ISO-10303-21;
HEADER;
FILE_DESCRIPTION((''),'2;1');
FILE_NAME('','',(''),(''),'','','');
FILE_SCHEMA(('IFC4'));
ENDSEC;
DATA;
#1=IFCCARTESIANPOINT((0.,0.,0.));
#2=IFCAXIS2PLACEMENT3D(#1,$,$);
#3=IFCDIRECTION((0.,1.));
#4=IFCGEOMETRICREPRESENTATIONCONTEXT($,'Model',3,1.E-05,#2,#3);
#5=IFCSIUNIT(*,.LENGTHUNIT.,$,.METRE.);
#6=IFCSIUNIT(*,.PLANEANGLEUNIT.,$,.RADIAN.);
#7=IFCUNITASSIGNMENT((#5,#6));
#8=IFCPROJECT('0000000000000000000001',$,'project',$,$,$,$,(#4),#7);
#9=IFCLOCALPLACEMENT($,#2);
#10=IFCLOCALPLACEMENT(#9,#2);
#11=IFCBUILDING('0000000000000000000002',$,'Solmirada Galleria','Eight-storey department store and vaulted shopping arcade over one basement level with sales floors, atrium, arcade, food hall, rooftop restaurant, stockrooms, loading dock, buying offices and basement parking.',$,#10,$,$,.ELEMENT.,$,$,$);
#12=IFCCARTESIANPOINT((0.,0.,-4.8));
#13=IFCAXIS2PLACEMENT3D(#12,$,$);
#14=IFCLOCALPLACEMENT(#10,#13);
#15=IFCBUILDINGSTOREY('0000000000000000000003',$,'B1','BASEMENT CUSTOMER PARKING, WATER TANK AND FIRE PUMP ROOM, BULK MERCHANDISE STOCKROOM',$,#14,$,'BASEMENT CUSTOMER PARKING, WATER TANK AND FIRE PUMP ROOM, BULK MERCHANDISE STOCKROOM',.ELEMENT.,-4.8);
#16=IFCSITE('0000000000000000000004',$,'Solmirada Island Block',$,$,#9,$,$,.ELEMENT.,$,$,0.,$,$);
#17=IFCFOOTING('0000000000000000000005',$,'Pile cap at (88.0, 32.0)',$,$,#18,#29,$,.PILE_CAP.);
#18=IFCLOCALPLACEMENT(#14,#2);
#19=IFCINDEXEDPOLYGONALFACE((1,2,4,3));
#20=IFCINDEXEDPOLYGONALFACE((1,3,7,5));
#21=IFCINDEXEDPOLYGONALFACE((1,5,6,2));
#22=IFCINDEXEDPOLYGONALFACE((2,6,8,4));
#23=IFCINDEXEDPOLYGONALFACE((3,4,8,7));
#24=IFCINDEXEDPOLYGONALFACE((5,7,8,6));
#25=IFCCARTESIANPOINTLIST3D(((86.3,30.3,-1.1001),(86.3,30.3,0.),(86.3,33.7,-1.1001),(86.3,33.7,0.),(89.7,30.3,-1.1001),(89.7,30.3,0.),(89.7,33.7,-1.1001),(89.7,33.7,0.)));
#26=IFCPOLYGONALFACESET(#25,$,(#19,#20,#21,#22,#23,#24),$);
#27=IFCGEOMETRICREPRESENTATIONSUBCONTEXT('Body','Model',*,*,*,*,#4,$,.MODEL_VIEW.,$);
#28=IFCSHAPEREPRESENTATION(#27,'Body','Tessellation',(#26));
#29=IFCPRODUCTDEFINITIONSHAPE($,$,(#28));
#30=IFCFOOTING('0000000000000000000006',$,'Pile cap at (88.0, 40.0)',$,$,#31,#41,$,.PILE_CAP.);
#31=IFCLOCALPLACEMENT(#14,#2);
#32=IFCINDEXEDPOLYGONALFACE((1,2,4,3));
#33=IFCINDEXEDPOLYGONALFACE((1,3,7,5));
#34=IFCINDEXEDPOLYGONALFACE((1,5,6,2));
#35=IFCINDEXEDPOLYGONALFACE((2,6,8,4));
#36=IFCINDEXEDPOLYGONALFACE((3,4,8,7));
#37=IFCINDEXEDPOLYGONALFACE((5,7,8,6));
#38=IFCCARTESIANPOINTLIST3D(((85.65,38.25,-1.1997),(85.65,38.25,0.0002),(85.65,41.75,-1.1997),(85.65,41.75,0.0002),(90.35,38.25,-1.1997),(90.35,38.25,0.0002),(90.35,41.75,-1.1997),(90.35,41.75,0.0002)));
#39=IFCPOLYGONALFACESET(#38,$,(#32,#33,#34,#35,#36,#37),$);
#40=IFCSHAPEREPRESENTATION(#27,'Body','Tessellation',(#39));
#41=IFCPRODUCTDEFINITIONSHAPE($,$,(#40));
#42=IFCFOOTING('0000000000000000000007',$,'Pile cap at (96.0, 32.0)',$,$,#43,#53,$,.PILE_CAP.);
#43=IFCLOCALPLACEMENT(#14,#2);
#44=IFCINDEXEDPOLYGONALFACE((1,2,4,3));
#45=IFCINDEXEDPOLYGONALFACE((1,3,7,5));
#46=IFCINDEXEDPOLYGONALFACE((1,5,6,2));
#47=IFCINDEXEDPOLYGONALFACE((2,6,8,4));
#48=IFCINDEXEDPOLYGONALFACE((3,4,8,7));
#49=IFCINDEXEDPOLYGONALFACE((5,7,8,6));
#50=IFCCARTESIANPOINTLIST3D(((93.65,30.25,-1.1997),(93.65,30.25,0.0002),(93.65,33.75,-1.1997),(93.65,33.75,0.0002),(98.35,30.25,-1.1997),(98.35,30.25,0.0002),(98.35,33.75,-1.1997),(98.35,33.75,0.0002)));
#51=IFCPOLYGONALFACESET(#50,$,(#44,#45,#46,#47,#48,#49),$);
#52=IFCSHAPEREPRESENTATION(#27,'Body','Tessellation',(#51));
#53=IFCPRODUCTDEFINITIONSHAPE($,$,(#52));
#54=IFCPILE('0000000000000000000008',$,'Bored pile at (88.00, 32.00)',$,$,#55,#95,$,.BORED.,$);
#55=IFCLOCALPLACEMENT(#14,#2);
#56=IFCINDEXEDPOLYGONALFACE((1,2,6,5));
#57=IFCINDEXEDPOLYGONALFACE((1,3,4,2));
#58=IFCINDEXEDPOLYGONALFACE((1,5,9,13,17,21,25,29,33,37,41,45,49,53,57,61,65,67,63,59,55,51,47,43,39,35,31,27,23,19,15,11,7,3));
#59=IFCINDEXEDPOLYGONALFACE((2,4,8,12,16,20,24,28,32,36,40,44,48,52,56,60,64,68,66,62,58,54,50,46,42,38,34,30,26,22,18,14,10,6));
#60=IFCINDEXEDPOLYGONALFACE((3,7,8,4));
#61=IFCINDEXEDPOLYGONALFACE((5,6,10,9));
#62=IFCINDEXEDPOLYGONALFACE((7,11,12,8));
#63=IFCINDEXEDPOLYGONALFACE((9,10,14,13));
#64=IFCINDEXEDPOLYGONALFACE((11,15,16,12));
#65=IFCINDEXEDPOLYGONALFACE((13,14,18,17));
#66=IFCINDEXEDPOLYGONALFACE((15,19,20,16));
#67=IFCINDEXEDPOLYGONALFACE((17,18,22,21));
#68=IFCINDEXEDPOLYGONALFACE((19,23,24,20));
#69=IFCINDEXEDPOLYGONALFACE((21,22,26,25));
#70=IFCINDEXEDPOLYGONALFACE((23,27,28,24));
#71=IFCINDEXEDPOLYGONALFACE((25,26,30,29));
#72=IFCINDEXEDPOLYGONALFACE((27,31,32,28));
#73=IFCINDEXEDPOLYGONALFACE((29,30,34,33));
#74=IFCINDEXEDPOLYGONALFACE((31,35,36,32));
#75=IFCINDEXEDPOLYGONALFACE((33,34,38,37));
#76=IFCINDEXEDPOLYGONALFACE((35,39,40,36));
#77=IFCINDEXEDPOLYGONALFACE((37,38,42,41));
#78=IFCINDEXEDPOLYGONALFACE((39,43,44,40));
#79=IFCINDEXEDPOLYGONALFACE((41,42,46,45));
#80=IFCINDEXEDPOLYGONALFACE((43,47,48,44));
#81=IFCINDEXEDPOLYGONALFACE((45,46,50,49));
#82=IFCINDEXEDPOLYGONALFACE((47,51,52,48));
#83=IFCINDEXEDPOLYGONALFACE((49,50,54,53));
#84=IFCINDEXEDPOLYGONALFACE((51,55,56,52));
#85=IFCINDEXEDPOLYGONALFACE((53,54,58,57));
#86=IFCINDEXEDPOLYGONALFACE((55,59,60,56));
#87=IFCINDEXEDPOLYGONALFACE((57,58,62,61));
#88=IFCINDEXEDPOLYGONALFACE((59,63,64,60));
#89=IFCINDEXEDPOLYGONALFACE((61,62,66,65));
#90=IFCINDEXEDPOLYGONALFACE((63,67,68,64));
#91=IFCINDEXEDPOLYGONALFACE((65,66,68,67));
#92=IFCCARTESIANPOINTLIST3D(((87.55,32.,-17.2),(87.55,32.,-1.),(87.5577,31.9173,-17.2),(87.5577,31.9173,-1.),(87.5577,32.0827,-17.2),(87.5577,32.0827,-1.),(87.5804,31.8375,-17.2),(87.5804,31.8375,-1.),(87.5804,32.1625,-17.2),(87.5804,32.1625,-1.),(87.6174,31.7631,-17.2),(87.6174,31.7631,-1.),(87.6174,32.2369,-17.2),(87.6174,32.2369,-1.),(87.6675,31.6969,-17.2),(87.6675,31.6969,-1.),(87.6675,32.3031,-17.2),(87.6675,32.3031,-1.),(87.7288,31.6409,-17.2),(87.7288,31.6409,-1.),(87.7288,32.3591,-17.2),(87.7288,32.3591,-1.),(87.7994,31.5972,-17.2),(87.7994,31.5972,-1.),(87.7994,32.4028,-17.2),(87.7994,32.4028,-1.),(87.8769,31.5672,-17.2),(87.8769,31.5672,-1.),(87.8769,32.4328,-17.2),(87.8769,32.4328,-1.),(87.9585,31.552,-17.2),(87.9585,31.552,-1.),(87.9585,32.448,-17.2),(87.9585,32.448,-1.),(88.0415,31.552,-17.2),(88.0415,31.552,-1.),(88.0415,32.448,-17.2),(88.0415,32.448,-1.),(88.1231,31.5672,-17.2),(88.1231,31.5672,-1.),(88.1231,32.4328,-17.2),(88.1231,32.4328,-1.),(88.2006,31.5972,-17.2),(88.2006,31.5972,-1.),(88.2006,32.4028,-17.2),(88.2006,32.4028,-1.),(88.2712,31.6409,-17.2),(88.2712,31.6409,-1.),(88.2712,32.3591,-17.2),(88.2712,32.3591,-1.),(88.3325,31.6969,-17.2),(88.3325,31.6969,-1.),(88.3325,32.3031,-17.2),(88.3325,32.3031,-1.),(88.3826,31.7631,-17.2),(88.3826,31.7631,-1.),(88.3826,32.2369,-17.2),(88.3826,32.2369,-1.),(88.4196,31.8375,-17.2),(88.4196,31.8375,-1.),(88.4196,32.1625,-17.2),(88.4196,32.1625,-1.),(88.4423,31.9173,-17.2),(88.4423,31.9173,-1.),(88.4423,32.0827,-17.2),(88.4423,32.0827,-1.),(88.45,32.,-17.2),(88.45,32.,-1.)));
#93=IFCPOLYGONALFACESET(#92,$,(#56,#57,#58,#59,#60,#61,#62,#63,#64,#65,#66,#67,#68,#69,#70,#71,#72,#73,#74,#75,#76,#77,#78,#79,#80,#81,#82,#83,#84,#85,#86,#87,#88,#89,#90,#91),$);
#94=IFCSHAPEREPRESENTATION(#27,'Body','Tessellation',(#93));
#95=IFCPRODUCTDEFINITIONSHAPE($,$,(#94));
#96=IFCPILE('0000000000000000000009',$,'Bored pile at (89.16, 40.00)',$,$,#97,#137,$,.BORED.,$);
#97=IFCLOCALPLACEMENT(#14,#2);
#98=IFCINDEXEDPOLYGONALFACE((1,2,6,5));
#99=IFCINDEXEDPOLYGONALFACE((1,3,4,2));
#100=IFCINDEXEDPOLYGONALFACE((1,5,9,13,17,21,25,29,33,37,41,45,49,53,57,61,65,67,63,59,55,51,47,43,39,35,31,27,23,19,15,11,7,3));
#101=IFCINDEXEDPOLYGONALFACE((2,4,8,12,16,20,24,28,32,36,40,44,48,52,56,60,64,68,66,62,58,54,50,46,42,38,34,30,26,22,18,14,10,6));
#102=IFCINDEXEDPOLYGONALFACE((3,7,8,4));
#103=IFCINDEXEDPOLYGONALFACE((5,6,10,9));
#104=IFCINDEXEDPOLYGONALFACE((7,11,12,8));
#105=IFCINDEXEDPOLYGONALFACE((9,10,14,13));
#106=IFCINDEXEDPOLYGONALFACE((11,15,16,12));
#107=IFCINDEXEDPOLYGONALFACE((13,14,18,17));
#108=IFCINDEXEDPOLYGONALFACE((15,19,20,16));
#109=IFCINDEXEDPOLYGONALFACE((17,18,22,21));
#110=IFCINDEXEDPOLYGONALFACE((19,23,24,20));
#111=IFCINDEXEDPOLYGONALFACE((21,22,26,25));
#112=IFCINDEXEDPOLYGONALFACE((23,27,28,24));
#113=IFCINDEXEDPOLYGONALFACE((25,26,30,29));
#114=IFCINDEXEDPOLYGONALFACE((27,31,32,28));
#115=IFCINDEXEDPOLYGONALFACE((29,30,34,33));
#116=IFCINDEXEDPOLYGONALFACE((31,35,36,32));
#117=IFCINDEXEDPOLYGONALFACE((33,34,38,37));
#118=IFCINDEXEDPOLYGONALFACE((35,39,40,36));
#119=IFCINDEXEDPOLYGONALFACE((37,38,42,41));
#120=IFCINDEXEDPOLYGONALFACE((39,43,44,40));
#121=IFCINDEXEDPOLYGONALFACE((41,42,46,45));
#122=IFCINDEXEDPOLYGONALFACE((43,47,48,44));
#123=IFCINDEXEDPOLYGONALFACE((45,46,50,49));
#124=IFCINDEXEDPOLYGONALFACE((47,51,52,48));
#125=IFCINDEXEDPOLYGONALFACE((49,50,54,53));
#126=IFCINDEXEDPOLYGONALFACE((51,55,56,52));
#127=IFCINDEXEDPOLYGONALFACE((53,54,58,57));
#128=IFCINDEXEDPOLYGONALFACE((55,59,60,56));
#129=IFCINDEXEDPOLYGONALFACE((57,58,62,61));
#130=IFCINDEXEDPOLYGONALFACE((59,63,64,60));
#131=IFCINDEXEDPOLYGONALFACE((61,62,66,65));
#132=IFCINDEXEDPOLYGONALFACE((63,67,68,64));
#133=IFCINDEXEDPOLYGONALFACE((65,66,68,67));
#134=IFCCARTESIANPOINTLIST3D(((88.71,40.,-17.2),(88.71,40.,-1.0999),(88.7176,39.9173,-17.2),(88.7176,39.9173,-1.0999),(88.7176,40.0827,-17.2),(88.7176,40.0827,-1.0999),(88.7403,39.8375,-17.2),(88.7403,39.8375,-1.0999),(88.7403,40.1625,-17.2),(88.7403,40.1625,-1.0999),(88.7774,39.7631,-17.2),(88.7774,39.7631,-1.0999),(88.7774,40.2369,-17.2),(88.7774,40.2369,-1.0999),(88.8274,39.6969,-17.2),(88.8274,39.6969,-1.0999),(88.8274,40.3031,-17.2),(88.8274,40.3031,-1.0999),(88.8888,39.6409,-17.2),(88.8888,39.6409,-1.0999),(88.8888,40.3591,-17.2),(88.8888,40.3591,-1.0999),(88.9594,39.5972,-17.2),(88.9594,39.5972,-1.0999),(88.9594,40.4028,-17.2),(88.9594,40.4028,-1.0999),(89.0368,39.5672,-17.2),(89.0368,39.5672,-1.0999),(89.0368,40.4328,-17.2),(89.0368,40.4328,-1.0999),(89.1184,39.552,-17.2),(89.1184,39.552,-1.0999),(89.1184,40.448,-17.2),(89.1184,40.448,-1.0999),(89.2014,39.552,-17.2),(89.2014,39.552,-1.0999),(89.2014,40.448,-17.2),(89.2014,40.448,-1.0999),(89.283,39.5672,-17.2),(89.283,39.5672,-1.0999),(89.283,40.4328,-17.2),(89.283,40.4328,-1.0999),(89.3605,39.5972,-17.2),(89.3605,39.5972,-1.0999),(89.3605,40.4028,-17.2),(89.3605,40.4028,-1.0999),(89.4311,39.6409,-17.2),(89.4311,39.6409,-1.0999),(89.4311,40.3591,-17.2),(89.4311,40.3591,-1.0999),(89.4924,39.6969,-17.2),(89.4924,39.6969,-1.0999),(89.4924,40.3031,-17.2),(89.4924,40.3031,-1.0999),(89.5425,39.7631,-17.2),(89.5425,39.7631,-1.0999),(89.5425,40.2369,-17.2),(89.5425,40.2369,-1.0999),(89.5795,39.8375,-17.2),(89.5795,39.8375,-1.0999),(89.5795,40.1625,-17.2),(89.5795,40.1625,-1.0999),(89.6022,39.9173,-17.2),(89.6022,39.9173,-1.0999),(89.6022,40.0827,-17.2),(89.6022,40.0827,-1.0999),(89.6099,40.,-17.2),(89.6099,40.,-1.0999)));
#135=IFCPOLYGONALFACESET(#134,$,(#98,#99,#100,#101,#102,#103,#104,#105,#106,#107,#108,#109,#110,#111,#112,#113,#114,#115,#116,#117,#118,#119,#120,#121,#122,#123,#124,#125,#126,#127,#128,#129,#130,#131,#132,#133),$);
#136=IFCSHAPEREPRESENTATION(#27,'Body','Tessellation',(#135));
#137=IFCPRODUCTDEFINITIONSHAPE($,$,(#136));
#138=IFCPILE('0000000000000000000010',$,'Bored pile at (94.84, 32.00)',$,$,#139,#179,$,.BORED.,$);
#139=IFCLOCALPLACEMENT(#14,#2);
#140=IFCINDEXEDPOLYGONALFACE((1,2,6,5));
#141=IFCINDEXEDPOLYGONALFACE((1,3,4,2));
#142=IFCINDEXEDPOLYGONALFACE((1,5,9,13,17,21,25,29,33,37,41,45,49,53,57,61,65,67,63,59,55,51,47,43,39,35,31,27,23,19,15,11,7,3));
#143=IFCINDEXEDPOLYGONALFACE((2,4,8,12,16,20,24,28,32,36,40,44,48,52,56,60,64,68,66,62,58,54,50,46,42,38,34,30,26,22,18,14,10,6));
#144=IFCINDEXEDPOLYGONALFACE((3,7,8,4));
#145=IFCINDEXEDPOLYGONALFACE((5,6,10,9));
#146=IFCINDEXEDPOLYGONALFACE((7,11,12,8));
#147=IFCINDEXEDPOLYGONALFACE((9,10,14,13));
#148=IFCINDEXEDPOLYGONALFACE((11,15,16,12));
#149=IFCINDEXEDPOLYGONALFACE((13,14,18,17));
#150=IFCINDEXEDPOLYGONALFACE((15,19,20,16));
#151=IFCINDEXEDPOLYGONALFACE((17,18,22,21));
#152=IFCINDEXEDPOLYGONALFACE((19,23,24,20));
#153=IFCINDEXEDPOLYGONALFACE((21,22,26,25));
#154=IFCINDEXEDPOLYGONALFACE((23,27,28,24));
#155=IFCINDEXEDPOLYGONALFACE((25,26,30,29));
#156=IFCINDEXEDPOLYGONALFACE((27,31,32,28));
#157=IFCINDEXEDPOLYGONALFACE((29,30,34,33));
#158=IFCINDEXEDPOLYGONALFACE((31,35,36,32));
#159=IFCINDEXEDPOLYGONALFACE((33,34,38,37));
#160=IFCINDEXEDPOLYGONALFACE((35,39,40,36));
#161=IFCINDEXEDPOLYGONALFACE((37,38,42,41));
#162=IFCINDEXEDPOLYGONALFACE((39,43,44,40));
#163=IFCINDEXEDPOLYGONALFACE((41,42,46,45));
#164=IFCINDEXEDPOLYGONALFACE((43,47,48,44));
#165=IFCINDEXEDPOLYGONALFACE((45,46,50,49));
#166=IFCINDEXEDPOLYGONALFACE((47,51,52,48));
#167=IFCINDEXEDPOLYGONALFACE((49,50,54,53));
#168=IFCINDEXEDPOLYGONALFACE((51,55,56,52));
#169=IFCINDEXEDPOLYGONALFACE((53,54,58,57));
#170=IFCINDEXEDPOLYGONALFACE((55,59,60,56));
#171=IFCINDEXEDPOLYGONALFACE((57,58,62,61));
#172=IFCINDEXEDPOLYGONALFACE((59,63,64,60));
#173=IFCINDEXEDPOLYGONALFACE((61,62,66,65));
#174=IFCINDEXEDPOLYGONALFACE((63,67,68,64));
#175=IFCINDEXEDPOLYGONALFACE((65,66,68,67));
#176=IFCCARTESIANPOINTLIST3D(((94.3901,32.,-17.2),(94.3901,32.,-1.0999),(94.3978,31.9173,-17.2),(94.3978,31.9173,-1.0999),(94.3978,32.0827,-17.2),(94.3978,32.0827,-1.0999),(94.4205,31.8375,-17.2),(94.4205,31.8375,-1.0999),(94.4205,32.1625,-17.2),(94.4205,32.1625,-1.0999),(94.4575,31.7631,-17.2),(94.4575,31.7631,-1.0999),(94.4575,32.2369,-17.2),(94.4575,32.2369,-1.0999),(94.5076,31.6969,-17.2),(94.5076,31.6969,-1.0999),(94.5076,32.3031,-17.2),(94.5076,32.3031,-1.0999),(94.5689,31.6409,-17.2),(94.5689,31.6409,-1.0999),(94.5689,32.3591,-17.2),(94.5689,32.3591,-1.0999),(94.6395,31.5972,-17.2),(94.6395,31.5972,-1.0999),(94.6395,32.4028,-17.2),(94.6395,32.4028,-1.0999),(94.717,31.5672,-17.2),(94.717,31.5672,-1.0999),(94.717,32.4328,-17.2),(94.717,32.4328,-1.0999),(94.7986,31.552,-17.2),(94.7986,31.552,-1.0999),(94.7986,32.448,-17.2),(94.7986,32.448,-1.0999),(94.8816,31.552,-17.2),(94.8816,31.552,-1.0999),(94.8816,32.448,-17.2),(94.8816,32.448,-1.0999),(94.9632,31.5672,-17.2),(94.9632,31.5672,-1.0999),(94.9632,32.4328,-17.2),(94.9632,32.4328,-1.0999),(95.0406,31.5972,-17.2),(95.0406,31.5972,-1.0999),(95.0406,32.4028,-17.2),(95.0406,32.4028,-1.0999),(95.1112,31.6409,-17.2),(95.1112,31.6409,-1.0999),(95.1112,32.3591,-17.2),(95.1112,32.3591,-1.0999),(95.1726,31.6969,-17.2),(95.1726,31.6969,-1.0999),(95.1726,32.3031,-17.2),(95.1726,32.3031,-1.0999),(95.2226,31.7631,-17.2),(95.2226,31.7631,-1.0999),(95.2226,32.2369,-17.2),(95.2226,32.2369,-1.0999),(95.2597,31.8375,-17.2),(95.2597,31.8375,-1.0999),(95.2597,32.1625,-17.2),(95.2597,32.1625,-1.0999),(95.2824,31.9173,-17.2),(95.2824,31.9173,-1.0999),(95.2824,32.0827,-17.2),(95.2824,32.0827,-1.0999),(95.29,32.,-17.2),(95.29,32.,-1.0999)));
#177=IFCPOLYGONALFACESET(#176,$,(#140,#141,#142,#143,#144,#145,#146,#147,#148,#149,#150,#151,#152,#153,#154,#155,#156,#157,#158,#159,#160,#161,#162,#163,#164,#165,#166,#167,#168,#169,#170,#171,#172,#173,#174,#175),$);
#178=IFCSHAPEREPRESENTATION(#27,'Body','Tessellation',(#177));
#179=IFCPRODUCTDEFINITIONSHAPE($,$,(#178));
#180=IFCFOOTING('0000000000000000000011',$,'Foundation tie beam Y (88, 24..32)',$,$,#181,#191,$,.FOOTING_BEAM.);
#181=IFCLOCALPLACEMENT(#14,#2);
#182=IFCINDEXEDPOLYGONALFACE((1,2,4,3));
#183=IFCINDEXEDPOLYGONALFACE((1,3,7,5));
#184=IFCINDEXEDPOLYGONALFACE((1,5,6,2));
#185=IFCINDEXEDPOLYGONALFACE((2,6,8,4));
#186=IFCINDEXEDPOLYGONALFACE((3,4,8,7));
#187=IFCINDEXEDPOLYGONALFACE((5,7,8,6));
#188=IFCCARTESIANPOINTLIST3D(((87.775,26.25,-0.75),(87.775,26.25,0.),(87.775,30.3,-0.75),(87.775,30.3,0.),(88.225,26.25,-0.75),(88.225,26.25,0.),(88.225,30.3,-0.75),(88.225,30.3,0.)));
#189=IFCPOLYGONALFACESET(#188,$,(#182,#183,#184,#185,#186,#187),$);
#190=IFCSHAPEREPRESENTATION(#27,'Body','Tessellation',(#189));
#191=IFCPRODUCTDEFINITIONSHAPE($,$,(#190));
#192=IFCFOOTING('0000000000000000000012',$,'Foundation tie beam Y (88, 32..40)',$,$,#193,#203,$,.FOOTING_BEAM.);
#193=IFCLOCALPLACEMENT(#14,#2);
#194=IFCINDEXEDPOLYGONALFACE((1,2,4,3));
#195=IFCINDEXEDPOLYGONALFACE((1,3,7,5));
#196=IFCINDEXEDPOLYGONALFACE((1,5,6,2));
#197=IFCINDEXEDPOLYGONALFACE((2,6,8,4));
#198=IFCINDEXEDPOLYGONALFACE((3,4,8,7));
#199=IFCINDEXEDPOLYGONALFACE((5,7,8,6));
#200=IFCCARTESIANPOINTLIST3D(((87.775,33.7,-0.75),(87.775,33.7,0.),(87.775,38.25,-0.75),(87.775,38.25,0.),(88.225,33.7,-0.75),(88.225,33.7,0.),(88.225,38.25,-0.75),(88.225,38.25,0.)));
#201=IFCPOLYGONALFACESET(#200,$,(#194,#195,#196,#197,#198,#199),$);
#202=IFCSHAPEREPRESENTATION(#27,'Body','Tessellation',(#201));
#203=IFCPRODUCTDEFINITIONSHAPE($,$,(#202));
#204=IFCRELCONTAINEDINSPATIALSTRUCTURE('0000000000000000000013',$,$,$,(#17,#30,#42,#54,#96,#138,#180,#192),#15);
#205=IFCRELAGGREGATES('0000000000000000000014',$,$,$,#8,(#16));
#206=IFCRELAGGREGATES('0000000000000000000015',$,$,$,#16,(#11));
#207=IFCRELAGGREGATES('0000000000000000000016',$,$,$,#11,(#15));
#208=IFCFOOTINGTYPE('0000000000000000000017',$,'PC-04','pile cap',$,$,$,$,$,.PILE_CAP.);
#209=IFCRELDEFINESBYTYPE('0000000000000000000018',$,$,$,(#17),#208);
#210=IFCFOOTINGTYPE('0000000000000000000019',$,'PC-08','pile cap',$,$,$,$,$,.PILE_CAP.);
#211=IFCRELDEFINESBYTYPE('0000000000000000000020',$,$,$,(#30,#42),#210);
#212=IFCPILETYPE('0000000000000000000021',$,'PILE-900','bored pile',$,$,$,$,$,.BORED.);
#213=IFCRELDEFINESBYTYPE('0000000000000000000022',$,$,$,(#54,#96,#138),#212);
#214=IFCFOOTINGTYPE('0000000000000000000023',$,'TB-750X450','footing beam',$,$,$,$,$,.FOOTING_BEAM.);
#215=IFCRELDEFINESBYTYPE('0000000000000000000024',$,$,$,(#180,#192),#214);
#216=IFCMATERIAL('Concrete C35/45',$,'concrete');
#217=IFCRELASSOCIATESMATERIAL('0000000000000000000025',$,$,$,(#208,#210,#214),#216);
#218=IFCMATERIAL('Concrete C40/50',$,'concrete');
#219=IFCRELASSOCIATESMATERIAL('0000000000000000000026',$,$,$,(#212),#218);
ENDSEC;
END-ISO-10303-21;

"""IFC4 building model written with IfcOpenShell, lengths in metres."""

from ifc_helpers import new_model, si_unit, direction, frame, origin, origin_2d, place, context, subcontext, project, spatial, rectangle, circle, extrude, material, material_profile, profile_set, type_object, element, save


model = new_model("IFC4")

# Units and contexts
model_context = context("Model", 3, precision=1e-05, world=origin(), true_north=direction((0.0, 1.0)))
body_context = subcontext(model_context, "Body", "Model", "MODEL_VIEW")
ifc_project = project(units=[si_unit("LENGTHUNIT", "METRE"), si_unit("PLANEANGLEUNIT", "RADIAN")], contexts=[model_context])

# Site, building, storey
site_placement = place(None, origin())
site = spatial("IfcSite", under=ifc_project, at=site_placement, Name="Solmirada Island Block", CompositionType="ELEMENT", RefElevation=0.0)
building_placement = place(site_placement, origin())
building = spatial("IfcBuilding", under=site, at=building_placement, Name="Solmirada Galleria", Description="Eight-storey department store and vaulted shopping arcade over one basement level with sales floors, atrium, arcade, food hall, rooftop restaurant, stockrooms, loading dock, buying offices and basement parking.", CompositionType="ELEMENT")
storey_placement = place(building_placement, frame((0.0, 0.0, -4.8)))
storey = spatial("IfcBuildingStorey", under=building, at=storey_placement, Name="B1", Description="BASEMENT CUSTOMER PARKING, WATER TANK AND FIRE PUMP ROOM, BULK MERCHANDISE STOCKROOM", LongName="BASEMENT CUSTOMER PARKING, WATER TANK AND FIRE PUMP ROOM, BULK MERCHANDISE STOCKROOM", CompositionType="ELEMENT", Elevation=-4.8)

# Footings
ifc_material_1 = material(Name="Concrete C35/45", Category="concrete")
footing_type_1 = type_object("IfcFootingType", Name="PC-04", Description="pile cap", PredefinedType="PILE_CAP", material=ifc_material_1)
footing_1_placement = place(storey_placement, frame((88.0, 32.0, -1.1001), z_axis=(0.0, 0.0, 1.0), x_axis=(1.0, 0.0, 0.0)))
element("IfcFooting", 1, at=footing_1_placement, inside=storey, type_object=footing_type_1, Name="Pile cap at (88.0, 32.0)", PredefinedType="PILE_CAP", context=body_context, shape_type="SweptSolid", body=[
    extrude(rectangle(XDim=3.3999, YDim=3.3999, at=origin_2d()), origin(), (0.0, 0.0, 1.0), 1.1001),
])
footing_type_2 = type_object("IfcFootingType", Name="PC-08", Description="pile cap", PredefinedType="PILE_CAP", material=ifc_material_1)
for number, where, z_axis, x_axis, name in (
    (2, (88.0, 40.0, -1.1997), (0.0, 0.0, 1.0), (1.0, 0.0, 0.0), "Pile cap at (88.0, 40.0)"),
    (3, (96.0, 32.0, -1.1997), (0.0, 0.0, 1.0), (1.0, 0.0, 0.0), "Pile cap at (96.0, 32.0)"),
):
    element("IfcFooting", number, at=place(storey_placement, frame(where, z_axis=z_axis, x_axis=x_axis)), inside=storey, type_object=footing_type_2, Name=name, PredefinedType="PILE_CAP", context=body_context, shape_type="SweptSolid", body=[
        extrude(rectangle(XDim=4.7, YDim=3.5, at=origin_2d()), origin(), (0.0, 0.0, 1.0), 1.2),
    ])

# Piles
ifc_material_2 = material(Name="Concrete C40/50", Category="concrete")
ifc_material_profile_1 = material_profile(ifc_material_2, circle(Radius=0.45, at=origin_2d()), Name="PILE900")
ifc_profile_set_1 = profile_set([ifc_material_profile_1], Name="Concrete C40/50")
pile_type = type_object("IfcPileType", Name="PILE-900", Description="bored pile", PredefinedType="BORED", material=ifc_profile_set_1)
pile_placement = place(storey_placement, frame((88.0, 32.0, -1.0), z_axis=(0.0, 0.0, -1.0), x_axis=(1.0, 0.0, 0.0)))
element("IfcPile", 4, at=pile_placement, inside=storey, type_object=pile_type, Name="Bored pile at (88.00, 32.00)", PredefinedType="BORED", context=body_context, shape_type="SweptSolid", body=[
    extrude(circle(Radius=0.45, at=origin_2d()), origin(), (0.0, 0.0, 1.0), 16.2),
])
for number, where, z_axis, x_axis, name in (
    (5, (89.1599, 40.0, -1.0999), (0.0, 0.0, -1.0), (1.0, 0.0, 0.0), "Bored pile at (89.16, 40.00)"),
    (6, (94.8401, 32.0, -1.0999), (0.0, 0.0, -1.0), (1.0, 0.0, 0.0), "Bored pile at (94.84, 32.00)"),
):
    element("IfcPile", number, at=place(storey_placement, frame(where, z_axis=z_axis, x_axis=x_axis)), inside=storey, type_object=pile_type, Name=name, PredefinedType="BORED", context=body_context, shape_type="SweptSolid", body=[
        extrude(circle(Radius=0.45, at=origin_2d()), origin(), (0.0, 0.0, 1.0), 16.1001),
    ])

# Footings
ifc_material_profile_2 = material_profile(ifc_material_1, rectangle(XDim=0.45, YDim=0.75, at=origin_2d()), Name="RC750X450")
ifc_profile_set_2 = profile_set([ifc_material_profile_2], Name="Concrete C35/45")
footing_type_3 = type_object("IfcFootingType", Name="TB-750X450", Description="footing beam", PredefinedType="FOOTING_BEAM", material=ifc_profile_set_2)
footing_2_placement = place(storey_placement, frame((88.0, 26.25, -0.375), z_axis=(0.0, 1.0, 0.0), x_axis=(-1.0, 0.0, 0.0)))
element("IfcFooting", 7, at=footing_2_placement, inside=storey, type_object=footing_type_3, Name="Foundation tie beam Y (88, 24..32)", PredefinedType="FOOTING_BEAM", context=body_context, shape_type="SweptSolid", body=[
    extrude(rectangle(XDim=0.45, YDim=0.75, at=origin_2d()), origin(), (0.0, 0.0, 1.0), 4.05),
])
for number, where, z_axis, x_axis, name in (
    (8, (88.0, 33.7, -0.375), (0.0, 1.0, 0.0), (-1.0, 0.0, 0.0), "Foundation tie beam Y (88, 32..40)"),
):
    element("IfcFooting", number, at=place(storey_placement, frame(where, z_axis=z_axis, x_axis=x_axis)), inside=storey, type_object=footing_type_3, Name=name, PredefinedType="FOOTING_BEAM", context=body_context, shape_type="SweptSolid", body=[
        extrude(rectangle(XDim=0.45, YDim=0.75, at=origin_2d()), origin(), (0.0, 0.0, 1.0), 4.55),
    ])

save(model, "model.ifc")
